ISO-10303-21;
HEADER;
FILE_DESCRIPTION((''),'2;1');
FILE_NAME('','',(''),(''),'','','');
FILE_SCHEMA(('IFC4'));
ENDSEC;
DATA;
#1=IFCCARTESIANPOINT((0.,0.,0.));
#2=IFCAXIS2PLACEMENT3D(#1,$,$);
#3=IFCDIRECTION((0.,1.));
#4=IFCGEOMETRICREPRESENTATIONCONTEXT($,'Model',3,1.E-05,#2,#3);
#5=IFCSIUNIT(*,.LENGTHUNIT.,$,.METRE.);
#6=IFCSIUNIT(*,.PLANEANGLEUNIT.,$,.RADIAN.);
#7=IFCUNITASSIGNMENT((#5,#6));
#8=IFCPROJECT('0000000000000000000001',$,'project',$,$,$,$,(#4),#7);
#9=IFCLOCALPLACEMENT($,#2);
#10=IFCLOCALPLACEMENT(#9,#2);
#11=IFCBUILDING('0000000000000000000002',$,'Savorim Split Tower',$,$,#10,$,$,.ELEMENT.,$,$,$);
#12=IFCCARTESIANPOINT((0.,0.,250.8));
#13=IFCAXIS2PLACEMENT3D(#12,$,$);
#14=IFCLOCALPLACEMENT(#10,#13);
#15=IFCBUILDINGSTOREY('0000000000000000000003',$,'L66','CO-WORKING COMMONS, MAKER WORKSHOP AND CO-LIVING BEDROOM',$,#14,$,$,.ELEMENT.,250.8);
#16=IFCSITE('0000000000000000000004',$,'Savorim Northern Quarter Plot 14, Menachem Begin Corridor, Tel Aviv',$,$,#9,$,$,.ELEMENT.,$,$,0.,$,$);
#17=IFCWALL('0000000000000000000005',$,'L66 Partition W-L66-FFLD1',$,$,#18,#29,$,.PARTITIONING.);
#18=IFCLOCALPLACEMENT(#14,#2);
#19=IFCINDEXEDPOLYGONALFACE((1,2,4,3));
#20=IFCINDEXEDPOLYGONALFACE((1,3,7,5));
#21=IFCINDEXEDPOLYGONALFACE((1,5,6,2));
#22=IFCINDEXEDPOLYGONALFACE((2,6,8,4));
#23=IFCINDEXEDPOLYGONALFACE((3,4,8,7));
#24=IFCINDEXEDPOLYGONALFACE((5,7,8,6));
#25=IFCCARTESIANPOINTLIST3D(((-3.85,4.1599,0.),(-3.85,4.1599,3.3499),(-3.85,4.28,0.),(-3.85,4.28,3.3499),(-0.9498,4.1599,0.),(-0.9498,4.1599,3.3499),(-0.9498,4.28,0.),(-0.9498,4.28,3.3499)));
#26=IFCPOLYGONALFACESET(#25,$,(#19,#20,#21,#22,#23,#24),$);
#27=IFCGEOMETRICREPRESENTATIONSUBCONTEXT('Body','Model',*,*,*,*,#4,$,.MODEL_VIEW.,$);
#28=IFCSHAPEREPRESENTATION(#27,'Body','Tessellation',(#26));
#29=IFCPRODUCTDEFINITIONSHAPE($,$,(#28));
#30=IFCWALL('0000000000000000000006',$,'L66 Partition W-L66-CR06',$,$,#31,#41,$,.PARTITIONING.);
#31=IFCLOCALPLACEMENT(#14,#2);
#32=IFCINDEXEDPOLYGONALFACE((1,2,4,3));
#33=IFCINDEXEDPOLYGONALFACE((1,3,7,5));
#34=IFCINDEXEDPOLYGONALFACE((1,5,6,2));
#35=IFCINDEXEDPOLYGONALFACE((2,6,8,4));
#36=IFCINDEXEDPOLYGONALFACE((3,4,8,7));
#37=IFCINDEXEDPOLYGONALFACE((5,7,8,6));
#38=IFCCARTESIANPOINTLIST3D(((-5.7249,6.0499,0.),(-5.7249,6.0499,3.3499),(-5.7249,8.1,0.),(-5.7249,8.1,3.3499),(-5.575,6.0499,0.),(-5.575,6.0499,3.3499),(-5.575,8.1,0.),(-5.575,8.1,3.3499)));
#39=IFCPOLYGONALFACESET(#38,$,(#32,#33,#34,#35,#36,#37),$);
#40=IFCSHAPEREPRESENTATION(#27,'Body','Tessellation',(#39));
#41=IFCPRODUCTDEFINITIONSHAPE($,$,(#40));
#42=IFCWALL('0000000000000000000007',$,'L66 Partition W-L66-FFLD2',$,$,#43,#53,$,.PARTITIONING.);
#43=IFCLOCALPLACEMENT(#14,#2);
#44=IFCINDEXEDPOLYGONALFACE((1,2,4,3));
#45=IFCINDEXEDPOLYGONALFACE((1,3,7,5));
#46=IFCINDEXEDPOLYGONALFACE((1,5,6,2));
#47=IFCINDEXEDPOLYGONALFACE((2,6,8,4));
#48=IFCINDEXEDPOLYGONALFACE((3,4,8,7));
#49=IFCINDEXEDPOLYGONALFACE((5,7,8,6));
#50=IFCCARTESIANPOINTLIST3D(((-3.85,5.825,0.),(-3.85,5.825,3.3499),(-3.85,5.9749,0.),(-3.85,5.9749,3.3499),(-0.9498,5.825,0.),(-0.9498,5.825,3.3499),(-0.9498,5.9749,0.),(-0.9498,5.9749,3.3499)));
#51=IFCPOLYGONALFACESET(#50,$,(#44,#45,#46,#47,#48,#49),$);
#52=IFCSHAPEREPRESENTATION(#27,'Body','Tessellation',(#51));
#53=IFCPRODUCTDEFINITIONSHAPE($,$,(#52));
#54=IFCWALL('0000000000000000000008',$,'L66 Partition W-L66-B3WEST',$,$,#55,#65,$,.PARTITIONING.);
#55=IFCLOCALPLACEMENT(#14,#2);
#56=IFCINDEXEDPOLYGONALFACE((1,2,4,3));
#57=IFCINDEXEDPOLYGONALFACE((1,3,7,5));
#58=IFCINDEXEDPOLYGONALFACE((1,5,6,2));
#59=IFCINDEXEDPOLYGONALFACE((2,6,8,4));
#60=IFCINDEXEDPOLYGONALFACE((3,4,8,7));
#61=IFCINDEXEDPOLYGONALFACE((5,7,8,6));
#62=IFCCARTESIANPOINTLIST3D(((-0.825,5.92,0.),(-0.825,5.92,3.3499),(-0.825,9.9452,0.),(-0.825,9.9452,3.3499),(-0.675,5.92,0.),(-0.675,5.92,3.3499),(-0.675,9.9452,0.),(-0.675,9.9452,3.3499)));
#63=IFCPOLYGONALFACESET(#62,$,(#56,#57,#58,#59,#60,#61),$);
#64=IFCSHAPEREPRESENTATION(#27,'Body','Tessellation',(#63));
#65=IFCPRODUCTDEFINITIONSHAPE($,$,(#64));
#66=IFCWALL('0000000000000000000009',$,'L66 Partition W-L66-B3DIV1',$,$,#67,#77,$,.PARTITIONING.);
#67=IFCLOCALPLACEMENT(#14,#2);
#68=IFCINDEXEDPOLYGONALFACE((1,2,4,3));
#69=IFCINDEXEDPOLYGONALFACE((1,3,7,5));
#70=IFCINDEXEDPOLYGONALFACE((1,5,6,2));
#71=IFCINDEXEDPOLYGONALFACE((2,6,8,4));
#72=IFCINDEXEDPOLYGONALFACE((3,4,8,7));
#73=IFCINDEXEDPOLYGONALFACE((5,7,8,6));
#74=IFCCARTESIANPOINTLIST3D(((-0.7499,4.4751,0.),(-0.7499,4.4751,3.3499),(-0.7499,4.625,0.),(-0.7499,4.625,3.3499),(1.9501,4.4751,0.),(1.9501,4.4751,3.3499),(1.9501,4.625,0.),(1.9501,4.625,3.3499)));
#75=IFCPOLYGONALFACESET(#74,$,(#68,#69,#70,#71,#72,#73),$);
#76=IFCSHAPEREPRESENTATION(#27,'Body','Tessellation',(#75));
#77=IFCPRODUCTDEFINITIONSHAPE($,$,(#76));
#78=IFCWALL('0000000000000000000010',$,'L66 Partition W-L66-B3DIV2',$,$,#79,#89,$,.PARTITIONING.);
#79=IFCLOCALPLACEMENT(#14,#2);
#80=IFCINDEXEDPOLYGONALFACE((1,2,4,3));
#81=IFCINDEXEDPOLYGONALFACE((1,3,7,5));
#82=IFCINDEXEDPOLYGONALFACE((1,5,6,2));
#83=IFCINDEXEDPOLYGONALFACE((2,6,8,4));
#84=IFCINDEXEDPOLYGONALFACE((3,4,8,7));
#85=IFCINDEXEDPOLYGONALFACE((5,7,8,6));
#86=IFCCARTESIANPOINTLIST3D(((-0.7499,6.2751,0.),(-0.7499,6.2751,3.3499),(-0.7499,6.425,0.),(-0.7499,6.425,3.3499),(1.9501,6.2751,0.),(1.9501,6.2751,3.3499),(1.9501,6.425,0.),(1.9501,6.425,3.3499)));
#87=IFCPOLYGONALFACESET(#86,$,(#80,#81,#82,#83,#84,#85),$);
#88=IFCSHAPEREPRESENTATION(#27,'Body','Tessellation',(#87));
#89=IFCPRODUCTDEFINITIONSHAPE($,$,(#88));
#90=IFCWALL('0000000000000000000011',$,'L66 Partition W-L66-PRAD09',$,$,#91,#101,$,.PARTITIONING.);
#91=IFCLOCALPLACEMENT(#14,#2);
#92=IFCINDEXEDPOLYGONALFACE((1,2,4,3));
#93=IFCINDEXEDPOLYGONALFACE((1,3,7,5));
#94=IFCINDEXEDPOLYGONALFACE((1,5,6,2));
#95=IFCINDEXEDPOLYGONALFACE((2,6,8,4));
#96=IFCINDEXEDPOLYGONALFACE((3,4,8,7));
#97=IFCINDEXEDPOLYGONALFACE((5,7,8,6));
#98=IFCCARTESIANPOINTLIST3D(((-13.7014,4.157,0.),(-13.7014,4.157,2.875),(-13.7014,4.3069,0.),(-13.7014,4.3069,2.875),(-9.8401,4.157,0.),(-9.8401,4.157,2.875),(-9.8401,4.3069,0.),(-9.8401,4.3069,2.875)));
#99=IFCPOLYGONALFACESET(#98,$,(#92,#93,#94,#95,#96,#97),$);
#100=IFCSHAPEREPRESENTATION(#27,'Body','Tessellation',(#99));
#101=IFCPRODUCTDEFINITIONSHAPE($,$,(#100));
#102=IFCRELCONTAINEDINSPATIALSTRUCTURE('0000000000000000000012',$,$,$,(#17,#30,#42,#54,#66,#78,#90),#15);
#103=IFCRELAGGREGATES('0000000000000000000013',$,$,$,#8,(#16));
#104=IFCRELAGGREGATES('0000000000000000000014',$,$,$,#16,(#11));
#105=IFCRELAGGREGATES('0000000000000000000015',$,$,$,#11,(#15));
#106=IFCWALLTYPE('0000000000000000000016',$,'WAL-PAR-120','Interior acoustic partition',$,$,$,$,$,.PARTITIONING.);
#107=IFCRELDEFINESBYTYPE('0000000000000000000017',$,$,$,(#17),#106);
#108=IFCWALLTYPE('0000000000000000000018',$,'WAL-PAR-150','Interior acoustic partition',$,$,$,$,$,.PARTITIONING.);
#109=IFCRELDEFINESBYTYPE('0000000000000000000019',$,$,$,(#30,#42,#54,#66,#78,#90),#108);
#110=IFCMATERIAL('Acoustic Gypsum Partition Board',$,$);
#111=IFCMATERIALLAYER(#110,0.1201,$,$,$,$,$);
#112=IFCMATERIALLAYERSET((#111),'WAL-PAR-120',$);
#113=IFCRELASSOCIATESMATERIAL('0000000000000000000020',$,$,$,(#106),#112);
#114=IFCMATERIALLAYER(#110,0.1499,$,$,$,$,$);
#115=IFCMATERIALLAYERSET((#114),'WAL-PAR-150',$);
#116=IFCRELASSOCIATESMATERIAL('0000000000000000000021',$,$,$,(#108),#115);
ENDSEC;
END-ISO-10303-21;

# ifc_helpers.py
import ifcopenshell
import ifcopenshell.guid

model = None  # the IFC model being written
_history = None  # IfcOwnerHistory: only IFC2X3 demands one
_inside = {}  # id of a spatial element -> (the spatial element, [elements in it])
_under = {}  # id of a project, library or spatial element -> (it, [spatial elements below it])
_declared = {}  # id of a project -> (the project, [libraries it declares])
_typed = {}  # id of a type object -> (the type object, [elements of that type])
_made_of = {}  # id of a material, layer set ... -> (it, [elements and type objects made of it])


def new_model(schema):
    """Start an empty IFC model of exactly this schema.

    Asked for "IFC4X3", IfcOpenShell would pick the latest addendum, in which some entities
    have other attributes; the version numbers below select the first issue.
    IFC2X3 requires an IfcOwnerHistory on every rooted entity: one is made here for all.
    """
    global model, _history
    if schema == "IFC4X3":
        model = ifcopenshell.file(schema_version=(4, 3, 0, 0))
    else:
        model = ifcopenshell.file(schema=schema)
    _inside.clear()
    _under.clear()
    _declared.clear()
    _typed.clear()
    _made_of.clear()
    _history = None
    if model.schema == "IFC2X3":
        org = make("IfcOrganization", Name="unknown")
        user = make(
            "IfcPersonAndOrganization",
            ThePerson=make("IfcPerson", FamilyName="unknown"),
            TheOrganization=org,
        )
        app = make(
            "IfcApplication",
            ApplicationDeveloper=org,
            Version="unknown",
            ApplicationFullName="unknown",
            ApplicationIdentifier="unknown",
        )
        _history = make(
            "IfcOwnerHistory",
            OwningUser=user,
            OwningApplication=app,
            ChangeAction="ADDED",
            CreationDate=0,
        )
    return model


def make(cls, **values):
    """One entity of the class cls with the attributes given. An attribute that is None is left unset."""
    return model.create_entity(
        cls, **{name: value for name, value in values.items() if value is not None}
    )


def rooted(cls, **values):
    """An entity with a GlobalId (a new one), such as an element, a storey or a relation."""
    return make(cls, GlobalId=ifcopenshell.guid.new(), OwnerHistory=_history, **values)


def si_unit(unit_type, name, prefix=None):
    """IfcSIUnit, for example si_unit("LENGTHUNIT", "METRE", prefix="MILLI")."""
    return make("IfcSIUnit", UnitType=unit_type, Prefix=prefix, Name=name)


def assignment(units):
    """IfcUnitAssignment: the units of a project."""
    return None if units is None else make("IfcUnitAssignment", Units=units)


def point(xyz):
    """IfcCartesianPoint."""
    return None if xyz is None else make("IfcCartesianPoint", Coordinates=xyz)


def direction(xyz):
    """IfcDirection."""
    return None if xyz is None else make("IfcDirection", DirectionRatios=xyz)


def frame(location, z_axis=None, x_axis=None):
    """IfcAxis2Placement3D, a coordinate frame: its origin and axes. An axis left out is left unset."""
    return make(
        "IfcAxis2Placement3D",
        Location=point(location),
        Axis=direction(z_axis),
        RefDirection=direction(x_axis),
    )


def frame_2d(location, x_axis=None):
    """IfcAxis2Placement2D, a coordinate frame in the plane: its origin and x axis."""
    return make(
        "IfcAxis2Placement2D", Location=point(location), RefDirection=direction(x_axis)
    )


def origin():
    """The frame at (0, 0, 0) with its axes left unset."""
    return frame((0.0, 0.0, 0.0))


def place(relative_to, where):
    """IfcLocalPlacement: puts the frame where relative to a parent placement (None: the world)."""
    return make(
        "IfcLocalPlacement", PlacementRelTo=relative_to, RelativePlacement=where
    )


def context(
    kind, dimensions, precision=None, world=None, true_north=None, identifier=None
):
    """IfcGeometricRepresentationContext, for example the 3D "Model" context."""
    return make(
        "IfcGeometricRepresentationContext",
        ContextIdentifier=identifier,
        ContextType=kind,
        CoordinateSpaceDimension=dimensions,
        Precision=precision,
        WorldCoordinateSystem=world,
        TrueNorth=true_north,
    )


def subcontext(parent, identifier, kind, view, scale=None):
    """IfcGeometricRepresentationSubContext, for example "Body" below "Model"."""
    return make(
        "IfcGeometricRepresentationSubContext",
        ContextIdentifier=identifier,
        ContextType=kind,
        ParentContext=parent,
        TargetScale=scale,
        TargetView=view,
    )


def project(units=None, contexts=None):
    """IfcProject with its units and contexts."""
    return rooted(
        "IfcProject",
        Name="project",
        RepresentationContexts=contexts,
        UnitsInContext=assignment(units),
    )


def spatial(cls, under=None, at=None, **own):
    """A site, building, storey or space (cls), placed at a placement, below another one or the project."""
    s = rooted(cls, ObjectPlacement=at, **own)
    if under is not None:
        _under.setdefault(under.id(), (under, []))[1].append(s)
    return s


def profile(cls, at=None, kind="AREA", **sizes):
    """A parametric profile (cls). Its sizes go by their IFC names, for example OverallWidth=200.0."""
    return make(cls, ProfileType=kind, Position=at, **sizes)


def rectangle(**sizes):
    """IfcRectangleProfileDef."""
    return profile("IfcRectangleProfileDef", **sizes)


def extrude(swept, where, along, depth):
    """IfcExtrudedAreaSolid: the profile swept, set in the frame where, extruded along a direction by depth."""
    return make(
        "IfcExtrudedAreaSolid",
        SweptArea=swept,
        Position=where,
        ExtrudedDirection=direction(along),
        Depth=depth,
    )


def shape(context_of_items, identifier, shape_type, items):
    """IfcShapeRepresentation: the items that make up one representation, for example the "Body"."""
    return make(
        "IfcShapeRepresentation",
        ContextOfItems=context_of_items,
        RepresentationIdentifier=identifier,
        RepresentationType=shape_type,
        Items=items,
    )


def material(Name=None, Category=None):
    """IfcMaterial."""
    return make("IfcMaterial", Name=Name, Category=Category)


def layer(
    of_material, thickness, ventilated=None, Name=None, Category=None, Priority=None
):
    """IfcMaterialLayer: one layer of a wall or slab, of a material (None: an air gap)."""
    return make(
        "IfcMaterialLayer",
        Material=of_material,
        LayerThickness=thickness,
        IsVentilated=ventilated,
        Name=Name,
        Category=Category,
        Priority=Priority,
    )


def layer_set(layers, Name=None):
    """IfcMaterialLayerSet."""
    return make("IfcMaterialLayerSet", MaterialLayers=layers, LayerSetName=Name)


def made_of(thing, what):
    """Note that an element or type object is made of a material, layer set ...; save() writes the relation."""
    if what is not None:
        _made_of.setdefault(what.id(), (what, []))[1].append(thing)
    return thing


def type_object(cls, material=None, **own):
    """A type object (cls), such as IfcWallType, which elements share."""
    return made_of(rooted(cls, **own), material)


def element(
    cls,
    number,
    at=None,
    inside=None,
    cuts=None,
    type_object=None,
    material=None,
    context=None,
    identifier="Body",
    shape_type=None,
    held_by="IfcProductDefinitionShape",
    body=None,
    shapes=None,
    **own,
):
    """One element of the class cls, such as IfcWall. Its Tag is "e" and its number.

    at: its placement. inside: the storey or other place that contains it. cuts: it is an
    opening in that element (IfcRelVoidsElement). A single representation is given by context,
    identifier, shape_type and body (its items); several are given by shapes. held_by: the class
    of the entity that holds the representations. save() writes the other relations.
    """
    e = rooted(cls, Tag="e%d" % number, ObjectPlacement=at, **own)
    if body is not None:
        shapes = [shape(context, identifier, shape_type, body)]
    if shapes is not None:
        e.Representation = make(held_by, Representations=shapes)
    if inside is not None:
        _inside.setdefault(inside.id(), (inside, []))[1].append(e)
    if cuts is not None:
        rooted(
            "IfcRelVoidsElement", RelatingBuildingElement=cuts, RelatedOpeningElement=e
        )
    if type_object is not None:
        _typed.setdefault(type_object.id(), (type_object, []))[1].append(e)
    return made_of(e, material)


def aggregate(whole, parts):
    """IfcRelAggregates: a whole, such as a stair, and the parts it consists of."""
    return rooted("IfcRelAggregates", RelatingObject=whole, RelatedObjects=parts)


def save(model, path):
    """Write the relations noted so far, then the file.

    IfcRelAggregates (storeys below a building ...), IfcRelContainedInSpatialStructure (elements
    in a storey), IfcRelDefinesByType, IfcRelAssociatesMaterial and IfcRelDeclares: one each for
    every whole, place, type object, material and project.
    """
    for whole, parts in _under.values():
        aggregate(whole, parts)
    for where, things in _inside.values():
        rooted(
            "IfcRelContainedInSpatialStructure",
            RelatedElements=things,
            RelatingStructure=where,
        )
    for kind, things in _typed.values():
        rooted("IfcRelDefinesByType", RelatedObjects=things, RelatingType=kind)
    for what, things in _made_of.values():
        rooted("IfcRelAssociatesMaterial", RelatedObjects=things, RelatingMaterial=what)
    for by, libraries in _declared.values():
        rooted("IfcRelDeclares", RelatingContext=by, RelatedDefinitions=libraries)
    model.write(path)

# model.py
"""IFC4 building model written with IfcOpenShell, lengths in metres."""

from ifc_helpers import new_model, si_unit, direction, frame, frame_2d, origin, place, context, subcontext, project, spatial, rectangle, extrude, material, layer, layer_set, type_object, element, save


model = new_model("IFC4")

# Units and contexts
model_context = context("Model", 3, precision=1e-05, world=origin(), true_north=direction((0.0, 1.0)))
body_context = subcontext(model_context, "Body", "Model", "MODEL_VIEW")
ifc_project = project(units=[si_unit("LENGTHUNIT", "METRE"), si_unit("PLANEANGLEUNIT", "RADIAN")], contexts=[model_context])

# Site, building, storey
site_placement = place(None, origin())
site = spatial("IfcSite", under=ifc_project, at=site_placement, Name="Savorim Northern Quarter Plot 14, Menachem Begin Corridor, Tel Aviv", CompositionType="ELEMENT", RefElevation=0.0)
building_placement = place(site_placement, origin())
building = spatial("IfcBuilding", under=site, at=building_placement, Name="Savorim Split Tower", CompositionType="ELEMENT")
storey_placement = place(building_placement, frame((0.0, 0.0, 250.8)))
storey = spatial("IfcBuildingStorey", under=building, at=storey_placement, Name="L66", Description="CO-WORKING COMMONS, MAKER WORKSHOP AND CO-LIVING BEDROOM", CompositionType="ELEMENT", Elevation=250.8)

# Walls
ifc_material_1 = material(Name="Acoustic Gypsum Partition Board")
ifc_layer_1 = layer(ifc_material_1, 0.1201)
ifc_layer_set_1 = layer_set([ifc_layer_1], Name="WAL-PAR-120")
wall_type_1 = type_object("IfcWallType", Name="WAL-PAR-120", Description="Interior acoustic partition", PredefinedType="PARTITIONING", material=ifc_layer_set_1)
wall_1_placement = place(storey_placement, frame((-3.8501, 4.22, 0.0), z_axis=(0.0, 0.0, 1.0), x_axis=(1.0, 0.0, 0.0)))
element("IfcWall", 1, at=wall_1_placement, inside=storey, type_object=wall_type_1, Name="L66 Partition W-L66-FFLD1", PredefinedType="PARTITIONING", context=body_context, shape_type="SweptSolid", body=[
    extrude(rectangle(XDim=2.9001, YDim=0.1201, at=frame_2d((1.4502, 0.0))), origin(), (0.0, 0.0, 1.0), 3.3499),
])
ifc_layer_2 = layer(ifc_material_1, 0.1499)
ifc_layer_set_2 = layer_set([ifc_layer_2], Name="WAL-PAR-150")
wall_type_2 = type_object("IfcWallType", Name="WAL-PAR-150", Description="Interior acoustic partition", PredefinedType="PARTITIONING", material=ifc_layer_set_2)
wall_2_placement = place(storey_placement, frame((-5.6499, 6.05, 0.0), z_axis=(0.0, 0.0, 1.0), x_axis=(0.0, 1.0, 0.0)))
element("IfcWall", 2, at=wall_2_placement, inside=storey, type_object=wall_type_2, Name="L66 Partition W-L66-CR06", PredefinedType="PARTITIONING", context=body_context, shape_type="SweptSolid", body=[
    extrude(rectangle(XDim=2.05, YDim=0.1499, at=frame_2d((1.0249, 0.0))), origin(), (0.0, 0.0, 1.0), 3.3499),
])
wall_3_placement = place(storey_placement, frame((-3.8501, 5.8999, 0.0), z_axis=(0.0, 0.0, 1.0), x_axis=(1.0, 0.0, 0.0)))
element("IfcWall", 3, at=wall_3_placement, inside=storey, type_object=wall_type_2, Name="L66 Partition W-L66-FFLD2", PredefinedType="PARTITIONING", context=body_context, shape_type="SweptSolid", body=[
    extrude(rectangle(XDim=2.9001, YDim=0.1499, at=frame_2d((1.4502, 0.0))), origin(), (0.0, 0.0, 1.0), 3.3499),
])
wall_4_placement = place(storey_placement, frame((-0.75, 5.9199, 0.0), z_axis=(0.0, 0.0, 1.0), x_axis=(0.0, 1.0, 0.0)))
element("IfcWall", 4, at=wall_4_placement, inside=storey, type_object=wall_type_2, Name="L66 Partition W-L66-B3WEST", PredefinedType="PARTITIONING", context=body_context, shape_type="SweptSolid", body=[
    extrude(rectangle(XDim=4.0251, YDim=0.1499, at=frame_2d((2.0127, 0.0))), origin(), (0.0, 0.0, 1.0), 3.3499),
])
for number, where, z_axis, x_axis, name in (
    (5, (-0.75, 4.55, 0.0), (0.0, 0.0, 1.0), (1.0, 0.0, 0.0), "L66 Partition W-L66-B3DIV1"),
    (6, (-0.75, 6.3501, 0.0), (0.0, 0.0, 1.0), (1.0, 0.0, 0.0), "L66 Partition W-L66-B3DIV2"),
):
    element("IfcWall", number, at=place(storey_placement, frame(where, z_axis=z_axis, x_axis=x_axis)), inside=storey, type_object=wall_type_2, Name=name, PredefinedType="PARTITIONING", context=body_context, shape_type="SweptSolid", body=[
        extrude(rectangle(XDim=2.7, YDim=0.1499, at=frame_2d((1.3501, 0.0))), origin(), (0.0, 0.0, 1.0), 3.3499),
    ])
wall_5_placement = place(storey_placement, frame((-9.8401, 4.2319, 0.0), z_axis=(0.0, 0.0, 1.0), x_axis=(-1.0, 0.0, 0.0)))
element("IfcWall", 7, at=wall_5_placement, inside=storey, type_object=wall_type_2, Name="L66 Partition W-L66-PRAD09", PredefinedType="PARTITIONING", context=body_context, shape_type="SweptSolid", body=[
    extrude(rectangle(XDim=3.8613, YDim=0.1499, at=frame_2d((1.9307, 0.0))), origin(), (0.0, 0.0, 1.0), 2.875),
])

save(model, "model.ifc")
